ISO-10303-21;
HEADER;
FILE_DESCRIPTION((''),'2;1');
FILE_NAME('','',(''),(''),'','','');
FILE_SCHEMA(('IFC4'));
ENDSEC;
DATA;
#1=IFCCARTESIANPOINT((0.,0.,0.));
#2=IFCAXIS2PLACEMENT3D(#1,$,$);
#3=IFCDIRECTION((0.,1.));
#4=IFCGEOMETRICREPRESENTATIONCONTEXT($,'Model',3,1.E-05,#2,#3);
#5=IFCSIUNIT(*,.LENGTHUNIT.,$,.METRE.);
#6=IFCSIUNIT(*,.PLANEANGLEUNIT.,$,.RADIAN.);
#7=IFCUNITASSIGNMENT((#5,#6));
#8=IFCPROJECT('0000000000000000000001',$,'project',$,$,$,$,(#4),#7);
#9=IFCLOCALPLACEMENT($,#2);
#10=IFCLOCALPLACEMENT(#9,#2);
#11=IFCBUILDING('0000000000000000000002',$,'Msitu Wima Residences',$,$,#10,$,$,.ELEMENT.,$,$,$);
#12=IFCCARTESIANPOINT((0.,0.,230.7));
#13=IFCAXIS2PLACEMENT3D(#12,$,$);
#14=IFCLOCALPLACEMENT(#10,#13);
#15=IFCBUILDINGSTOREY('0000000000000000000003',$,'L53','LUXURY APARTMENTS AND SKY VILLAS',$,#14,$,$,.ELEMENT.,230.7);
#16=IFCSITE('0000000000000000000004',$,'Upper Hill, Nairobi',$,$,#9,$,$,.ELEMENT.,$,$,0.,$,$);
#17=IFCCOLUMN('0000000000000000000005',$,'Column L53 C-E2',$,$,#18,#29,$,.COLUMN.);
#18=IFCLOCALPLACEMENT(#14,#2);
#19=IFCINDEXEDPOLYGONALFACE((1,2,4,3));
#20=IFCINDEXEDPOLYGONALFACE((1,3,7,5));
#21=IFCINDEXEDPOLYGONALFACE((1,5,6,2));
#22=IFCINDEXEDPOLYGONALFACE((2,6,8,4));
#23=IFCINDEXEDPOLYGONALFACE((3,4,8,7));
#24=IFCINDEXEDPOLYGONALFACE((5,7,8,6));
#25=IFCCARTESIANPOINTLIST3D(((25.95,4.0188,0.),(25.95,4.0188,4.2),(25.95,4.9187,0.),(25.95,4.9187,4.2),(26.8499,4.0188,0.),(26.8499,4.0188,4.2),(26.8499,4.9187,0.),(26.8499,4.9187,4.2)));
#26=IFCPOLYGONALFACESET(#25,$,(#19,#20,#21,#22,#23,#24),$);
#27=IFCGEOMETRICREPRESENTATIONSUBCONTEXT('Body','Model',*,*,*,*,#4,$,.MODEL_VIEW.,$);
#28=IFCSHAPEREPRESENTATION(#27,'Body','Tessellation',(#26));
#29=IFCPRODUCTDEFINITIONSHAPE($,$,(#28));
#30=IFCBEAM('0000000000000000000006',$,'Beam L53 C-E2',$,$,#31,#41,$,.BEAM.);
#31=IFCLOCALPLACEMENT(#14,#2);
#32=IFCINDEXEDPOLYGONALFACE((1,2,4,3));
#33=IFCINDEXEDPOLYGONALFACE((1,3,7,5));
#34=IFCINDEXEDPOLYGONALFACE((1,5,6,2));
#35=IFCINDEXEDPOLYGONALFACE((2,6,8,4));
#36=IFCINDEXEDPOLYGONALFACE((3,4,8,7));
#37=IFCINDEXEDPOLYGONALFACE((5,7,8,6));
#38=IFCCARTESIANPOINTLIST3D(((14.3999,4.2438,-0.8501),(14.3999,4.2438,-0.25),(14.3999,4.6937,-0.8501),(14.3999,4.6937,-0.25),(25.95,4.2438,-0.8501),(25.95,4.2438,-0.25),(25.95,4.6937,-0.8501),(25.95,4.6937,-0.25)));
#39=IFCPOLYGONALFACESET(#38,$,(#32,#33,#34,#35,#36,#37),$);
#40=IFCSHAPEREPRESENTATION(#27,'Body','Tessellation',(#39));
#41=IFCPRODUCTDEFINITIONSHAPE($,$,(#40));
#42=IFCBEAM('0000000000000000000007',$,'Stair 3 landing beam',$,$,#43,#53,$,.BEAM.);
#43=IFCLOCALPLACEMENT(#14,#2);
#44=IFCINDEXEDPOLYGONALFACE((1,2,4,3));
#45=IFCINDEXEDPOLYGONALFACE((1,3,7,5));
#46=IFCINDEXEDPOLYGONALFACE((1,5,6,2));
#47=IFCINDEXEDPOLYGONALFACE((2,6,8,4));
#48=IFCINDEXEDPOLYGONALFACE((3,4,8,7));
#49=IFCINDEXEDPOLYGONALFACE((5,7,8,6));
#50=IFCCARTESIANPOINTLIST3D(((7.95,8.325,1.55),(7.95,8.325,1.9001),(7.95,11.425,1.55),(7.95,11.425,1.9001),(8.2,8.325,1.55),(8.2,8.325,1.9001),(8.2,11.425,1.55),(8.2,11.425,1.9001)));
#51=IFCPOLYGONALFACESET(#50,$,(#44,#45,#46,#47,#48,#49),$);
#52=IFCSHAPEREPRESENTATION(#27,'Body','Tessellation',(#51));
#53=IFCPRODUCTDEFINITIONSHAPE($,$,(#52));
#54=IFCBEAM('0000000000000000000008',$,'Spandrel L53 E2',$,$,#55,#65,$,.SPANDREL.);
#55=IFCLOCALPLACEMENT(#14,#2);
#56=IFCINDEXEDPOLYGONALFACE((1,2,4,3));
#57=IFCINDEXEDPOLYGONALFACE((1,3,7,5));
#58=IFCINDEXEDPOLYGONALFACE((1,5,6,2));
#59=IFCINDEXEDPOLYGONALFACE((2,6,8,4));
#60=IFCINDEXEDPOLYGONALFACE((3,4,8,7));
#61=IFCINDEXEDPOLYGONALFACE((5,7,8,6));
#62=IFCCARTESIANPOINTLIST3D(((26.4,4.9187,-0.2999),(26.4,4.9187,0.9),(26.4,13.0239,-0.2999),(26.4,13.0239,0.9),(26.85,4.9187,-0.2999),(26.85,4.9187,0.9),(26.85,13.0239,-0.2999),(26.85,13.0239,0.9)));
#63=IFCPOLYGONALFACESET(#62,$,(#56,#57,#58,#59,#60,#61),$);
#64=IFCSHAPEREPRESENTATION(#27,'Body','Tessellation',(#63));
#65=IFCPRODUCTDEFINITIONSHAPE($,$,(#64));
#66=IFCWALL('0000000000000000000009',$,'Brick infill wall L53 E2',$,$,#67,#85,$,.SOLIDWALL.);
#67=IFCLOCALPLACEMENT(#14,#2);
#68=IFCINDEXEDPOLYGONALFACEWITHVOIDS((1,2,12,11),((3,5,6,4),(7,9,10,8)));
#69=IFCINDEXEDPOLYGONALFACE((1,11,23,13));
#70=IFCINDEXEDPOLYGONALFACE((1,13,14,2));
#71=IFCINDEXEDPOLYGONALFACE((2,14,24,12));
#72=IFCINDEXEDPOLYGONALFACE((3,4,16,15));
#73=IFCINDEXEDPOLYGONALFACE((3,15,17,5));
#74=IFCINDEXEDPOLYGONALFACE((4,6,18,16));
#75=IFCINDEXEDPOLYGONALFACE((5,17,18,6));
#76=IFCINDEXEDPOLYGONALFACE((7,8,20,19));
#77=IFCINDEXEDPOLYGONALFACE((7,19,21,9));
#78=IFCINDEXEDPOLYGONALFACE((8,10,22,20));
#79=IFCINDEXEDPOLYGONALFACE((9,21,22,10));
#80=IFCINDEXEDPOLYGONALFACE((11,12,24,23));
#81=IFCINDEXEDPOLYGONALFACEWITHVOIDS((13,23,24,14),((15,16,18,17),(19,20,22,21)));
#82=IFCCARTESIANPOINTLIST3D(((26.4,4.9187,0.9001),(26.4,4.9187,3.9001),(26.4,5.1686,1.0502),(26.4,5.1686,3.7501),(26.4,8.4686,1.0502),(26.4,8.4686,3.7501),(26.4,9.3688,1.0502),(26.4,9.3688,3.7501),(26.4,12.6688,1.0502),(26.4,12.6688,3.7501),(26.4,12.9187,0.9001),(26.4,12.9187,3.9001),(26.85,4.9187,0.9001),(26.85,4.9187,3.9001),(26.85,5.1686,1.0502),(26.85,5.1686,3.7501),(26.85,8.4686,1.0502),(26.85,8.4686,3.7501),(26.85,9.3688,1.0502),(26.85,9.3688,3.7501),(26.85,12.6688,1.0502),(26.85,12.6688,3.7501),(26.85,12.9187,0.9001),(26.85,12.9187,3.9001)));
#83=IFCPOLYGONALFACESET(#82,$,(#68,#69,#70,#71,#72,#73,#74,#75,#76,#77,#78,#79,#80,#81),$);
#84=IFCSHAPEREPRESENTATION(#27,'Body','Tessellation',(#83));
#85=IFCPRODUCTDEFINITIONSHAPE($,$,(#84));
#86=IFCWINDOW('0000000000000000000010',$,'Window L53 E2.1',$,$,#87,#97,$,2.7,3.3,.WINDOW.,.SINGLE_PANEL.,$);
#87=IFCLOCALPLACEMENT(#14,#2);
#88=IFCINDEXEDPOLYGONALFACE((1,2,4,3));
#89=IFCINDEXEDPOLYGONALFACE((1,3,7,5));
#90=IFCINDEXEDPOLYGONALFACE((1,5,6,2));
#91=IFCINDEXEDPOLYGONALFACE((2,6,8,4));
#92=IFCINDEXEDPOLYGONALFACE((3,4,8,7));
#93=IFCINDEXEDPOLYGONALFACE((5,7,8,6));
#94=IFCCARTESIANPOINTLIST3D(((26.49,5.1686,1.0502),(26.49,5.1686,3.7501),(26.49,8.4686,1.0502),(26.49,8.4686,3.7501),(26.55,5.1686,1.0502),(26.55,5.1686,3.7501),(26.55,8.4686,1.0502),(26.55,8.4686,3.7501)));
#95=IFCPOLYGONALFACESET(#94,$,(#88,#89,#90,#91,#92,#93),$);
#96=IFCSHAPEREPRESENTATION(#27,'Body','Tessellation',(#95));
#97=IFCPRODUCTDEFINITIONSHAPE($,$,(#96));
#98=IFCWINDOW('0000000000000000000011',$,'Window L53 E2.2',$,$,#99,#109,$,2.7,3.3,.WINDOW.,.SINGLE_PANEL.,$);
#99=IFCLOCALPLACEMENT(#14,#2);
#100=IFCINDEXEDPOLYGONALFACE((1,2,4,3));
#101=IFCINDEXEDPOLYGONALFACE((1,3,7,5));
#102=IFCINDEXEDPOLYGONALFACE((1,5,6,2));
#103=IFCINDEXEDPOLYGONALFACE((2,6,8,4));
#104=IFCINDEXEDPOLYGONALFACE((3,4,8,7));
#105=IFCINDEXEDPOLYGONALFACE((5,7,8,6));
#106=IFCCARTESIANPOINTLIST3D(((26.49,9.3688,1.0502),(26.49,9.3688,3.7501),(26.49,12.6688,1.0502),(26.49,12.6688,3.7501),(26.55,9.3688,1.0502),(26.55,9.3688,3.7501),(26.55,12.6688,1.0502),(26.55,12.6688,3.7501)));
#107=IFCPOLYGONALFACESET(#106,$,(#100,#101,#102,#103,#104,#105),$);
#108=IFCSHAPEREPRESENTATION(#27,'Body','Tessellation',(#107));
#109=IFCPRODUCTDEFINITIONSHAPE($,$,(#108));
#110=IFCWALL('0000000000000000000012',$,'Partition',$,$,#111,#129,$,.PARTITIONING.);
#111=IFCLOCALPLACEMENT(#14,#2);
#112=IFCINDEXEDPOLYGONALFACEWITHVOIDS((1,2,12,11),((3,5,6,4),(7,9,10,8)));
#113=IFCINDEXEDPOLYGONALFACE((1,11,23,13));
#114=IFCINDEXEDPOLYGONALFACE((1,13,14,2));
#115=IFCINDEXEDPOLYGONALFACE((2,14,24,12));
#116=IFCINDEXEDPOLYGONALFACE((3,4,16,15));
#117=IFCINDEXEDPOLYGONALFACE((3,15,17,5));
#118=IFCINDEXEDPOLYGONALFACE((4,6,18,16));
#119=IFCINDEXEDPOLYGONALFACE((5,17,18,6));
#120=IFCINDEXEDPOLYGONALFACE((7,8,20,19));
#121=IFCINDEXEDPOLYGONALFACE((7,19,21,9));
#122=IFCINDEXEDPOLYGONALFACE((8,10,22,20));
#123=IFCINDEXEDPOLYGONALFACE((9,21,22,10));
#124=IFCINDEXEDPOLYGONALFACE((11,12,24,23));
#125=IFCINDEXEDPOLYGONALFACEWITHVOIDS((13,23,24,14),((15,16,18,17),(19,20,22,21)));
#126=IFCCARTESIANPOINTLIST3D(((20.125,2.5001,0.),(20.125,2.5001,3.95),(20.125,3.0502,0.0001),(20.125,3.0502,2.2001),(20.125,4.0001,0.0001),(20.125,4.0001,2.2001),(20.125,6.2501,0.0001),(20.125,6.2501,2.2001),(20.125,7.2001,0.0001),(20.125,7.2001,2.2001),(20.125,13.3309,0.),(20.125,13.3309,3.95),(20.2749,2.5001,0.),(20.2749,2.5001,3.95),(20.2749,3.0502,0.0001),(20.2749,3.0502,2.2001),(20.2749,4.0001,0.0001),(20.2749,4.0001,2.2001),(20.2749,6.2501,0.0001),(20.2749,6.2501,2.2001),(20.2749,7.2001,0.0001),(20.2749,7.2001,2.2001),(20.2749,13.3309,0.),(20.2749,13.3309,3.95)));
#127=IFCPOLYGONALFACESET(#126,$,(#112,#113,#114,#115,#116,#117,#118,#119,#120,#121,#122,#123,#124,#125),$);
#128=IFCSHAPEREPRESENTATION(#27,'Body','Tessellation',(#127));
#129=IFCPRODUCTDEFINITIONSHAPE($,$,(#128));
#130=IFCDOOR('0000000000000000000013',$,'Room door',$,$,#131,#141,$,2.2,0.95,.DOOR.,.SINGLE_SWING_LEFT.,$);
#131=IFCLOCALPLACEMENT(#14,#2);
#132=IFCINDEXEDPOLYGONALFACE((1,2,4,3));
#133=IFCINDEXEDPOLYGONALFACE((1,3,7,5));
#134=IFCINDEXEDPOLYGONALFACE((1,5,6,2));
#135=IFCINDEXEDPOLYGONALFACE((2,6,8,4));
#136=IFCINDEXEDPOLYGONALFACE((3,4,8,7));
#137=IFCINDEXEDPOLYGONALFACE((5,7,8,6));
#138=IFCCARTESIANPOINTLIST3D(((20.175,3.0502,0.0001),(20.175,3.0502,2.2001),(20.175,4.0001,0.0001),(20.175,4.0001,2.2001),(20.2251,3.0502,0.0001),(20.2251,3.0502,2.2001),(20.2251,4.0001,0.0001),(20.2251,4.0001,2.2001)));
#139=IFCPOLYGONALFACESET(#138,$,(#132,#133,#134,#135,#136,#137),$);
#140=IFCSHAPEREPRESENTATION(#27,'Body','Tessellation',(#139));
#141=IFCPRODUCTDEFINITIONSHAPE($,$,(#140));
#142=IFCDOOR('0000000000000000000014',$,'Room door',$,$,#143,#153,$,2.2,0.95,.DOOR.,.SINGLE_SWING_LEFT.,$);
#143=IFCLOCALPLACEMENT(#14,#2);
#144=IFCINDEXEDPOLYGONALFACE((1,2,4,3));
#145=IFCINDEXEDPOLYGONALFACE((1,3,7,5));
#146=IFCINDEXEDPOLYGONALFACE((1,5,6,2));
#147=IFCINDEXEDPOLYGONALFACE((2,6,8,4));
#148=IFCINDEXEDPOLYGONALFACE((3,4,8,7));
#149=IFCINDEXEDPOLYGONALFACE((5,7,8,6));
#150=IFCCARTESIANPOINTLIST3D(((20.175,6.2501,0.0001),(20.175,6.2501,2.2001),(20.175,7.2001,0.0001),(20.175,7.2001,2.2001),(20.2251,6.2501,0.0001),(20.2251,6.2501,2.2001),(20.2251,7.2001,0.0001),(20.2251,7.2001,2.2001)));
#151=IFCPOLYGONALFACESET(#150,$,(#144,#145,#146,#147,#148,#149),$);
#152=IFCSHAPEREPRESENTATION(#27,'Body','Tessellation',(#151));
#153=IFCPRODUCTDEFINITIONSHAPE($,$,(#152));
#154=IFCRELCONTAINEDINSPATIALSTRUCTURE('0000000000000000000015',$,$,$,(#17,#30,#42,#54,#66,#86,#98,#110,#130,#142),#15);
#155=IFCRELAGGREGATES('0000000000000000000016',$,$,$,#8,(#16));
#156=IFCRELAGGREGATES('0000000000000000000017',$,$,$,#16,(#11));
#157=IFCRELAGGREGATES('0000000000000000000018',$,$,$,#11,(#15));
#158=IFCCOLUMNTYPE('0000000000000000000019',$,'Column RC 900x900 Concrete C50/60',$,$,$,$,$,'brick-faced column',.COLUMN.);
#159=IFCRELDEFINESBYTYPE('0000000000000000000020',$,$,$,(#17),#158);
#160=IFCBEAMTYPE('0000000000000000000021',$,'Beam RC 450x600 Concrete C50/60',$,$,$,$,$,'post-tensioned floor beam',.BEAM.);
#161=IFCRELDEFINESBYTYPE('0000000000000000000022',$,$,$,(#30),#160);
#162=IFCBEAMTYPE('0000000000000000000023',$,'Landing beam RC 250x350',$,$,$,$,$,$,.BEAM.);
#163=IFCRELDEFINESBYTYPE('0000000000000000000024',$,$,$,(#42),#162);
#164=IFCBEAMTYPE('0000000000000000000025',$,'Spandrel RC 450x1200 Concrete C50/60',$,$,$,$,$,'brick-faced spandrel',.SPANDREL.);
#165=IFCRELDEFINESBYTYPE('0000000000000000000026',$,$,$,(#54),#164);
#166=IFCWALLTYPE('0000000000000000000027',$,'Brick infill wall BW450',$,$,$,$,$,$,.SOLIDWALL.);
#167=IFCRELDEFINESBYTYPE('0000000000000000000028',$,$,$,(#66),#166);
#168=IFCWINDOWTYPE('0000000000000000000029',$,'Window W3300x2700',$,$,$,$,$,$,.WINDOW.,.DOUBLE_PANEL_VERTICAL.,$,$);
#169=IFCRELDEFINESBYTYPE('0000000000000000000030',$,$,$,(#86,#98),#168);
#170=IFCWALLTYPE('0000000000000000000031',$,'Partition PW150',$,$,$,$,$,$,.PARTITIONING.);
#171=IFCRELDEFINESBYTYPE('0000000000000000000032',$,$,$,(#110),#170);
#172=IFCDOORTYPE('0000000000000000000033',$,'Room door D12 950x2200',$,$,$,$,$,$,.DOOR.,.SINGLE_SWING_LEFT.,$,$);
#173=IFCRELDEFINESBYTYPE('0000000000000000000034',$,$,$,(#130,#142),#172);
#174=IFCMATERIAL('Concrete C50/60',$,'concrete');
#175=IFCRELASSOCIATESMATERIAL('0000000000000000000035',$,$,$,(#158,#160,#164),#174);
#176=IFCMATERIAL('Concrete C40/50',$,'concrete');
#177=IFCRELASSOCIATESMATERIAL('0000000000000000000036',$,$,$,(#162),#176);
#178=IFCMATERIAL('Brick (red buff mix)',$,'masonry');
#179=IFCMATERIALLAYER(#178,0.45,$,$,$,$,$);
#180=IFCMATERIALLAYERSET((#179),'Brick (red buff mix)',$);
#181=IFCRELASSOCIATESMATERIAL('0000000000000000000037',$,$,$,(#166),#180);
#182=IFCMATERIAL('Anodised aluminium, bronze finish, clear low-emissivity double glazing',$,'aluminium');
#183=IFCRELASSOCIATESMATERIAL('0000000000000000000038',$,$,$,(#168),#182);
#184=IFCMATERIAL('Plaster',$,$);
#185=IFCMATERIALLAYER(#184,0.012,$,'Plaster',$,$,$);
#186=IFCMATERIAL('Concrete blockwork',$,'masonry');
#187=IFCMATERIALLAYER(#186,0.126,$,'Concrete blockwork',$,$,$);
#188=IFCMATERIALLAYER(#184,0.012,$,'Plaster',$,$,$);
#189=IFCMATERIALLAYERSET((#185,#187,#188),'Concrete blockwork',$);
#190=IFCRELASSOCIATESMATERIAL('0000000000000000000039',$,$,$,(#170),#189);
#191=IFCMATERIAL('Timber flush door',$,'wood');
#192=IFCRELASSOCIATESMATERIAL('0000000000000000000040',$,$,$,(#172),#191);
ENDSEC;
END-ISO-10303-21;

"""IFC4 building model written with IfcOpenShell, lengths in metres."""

from ifc_helpers import new_model, si_unit, direction, frame, frame_2d, origin, origin_2d, place, context, subcontext, project, spatial, rectangle, extrude, material, layer, layer_set, material_profile, profile_set, type_object, element, fill, save


model = new_model("IFC4")

# Units and contexts
model_context = context("Model", 3, precision=1e-05, world=origin(), true_north=direction((0.0, 1.0)))
body_context = subcontext(model_context, "Body", "Model", "MODEL_VIEW")
ifc_project = project(units=[si_unit("LENGTHUNIT", "METRE"), si_unit("PLANEANGLEUNIT", "RADIAN")], contexts=[model_context])

# Site, building, storey
site_placement = place(None, origin())
site = spatial("IfcSite", under=ifc_project, at=site_placement, Name="Upper Hill, Nairobi", CompositionType="ELEMENT", RefElevation=0.0)
building_placement = place(site_placement, origin())
building = spatial("IfcBuilding", under=site, at=building_placement, Name="Msitu Wima Residences", CompositionType="ELEMENT")
storey_placement = place(building_placement, frame((0.0, 0.0, 230.7)))
storey = spatial("IfcBuildingStorey", under=building, at=storey_placement, Name="L53", Description="LUXURY APARTMENTS AND SKY VILLAS", CompositionType="ELEMENT", Elevation=230.7)

# Column
ifc_material_1 = material(Name="Concrete C50/60", Category="concrete")
ifc_material_profile_1 = material_profile(ifc_material_1, rectangle(XDim=0.8999, YDim=0.8999, at=origin_2d()), Name="RC 900x900")
ifc_profile_set_1 = profile_set([ifc_material_profile_1], Name="Concrete C50/60")
column_type = type_object("IfcColumnType", Name="Column RC 900x900 Concrete C50/60", ElementType="brick-faced column", PredefinedType="COLUMN", material=ifc_profile_set_1)
column_placement = place(storey_placement, frame((26.3999, 4.4688, 0.0), z_axis=(0.0, 0.0, 1.0), x_axis=(0.0, 1.0, 0.0)))
element("IfcColumn", 1, at=column_placement, inside=storey, type_object=column_type, Name="Column L53 C-E2", PredefinedType="COLUMN", context=body_context, shape_type="SweptSolid", body=[
    extrude(rectangle(XDim=0.8999, YDim=0.8999, at=origin_2d()), origin(), (0.0, 0.0, 1.0), 4.2),
])

# Beams
ifc_material_profile_2 = material_profile(ifc_material_1, rectangle(XDim=0.45, YDim=0.6001, at=origin_2d()), Name="RC 450x600")
ifc_profile_set_2 = profile_set([ifc_material_profile_2], Name="Concrete C50/60")
beam_type_1 = type_object("IfcBeamType", Name="Beam RC 450x600 Concrete C50/60", ElementType="post-tensioned floor beam", PredefinedType="BEAM", material=ifc_profile_set_2)
beam_1_placement = place(storey_placement, frame((25.95, 4.4688, -0.55), z_axis=(-1.0, 0.0, 0.0), x_axis=(0.0, -1.0, 0.0)))
element("IfcBeam", 2, at=beam_1_placement, inside=storey, type_object=beam_type_1, Name="Beam L53 C-E2", PredefinedType="BEAM", context=body_context, shape_type="SweptSolid", body=[
    extrude(rectangle(XDim=0.45, YDim=0.6001, at=origin_2d()), origin(), (0.0, 0.0, 1.0), 11.55),
])
ifc_material_2 = material(Name="Concrete C40/50", Category="concrete")
ifc_material_profile_3 = material_profile(ifc_material_2, rectangle(XDim=0.25, YDim=0.3501, at=origin_2d()), Name="RC 250x350")
ifc_profile_set_3 = profile_set([ifc_material_profile_3], Name="Concrete C40/50")
beam_type_2 = type_object("IfcBeamType", Name="Landing beam RC 250x350", PredefinedType="BEAM", material=ifc_profile_set_3)
beam_2_placement = place(storey_placement, frame((8.075, 8.325, 1.7251), z_axis=(0.0, 1.0, 0.0), x_axis=(-1.0, 0.0, 0.0)))
element("IfcBeam", 3, at=beam_2_placement, inside=storey, type_object=beam_type_2, Name="Stair 3 landing beam", PredefinedType="BEAM", context=body_context, shape_type="SweptSolid", body=[
    extrude(rectangle(XDim=0.25, YDim=0.3501, at=origin_2d()), origin(), (0.0, 0.0, 1.0), 3.1001),
])
ifc_material_profile_4 = material_profile(ifc_material_1, rectangle(XDim=0.45, YDim=1.2, at=origin_2d()), Name="RC 450x1200")
ifc_profile_set_4 = profile_set([ifc_material_profile_4], Name="Concrete C50/60")
beam_type_3 = type_object("IfcBeamType", Name="Spandrel RC 450x1200 Concrete C50/60", ElementType="brick-faced spandrel", PredefinedType="SPANDREL", material=ifc_profile_set_4)
beam_3_placement = place(storey_placement, frame((26.625, 4.9187, 0.3), z_axis=(0.0, 1.0, 0.0), x_axis=(-1.0, 0.0, 0.0)))
element("IfcBeam", 4, at=beam_3_placement, inside=storey, type_object=beam_type_3, Name="Spandrel L53 E2", PredefinedType="SPANDREL", context=body_context, shape_type="SweptSolid", body=[
    extrude(rectangle(XDim=0.45, YDim=1.2, at=origin_2d()), origin(), (0.0, 0.0, 1.0), 8.1052),
])

# Wall, openings, windows
ifc_material_3 = material(Name="Brick (red buff mix)", Category="masonry")
ifc_layer_1 = layer(ifc_material_3, 0.45)
ifc_layer_set_1 = layer_set([ifc_layer_1], Name="Brick (red buff mix)")
wall_type_1 = type_object("IfcWallType", Name="Brick infill wall BW450", PredefinedType="SOLIDWALL", material=ifc_layer_set_1)
wall_1_placement = place(storey_placement, frame((26.625, 4.9187, 0.9001), z_axis=(0.0, 0.0, 1.0), x_axis=(0.0, 1.0, 0.0)))
wall_1 = element("IfcWall", 5, at=wall_1_placement, inside=storey, type_object=wall_type_1, Name="Brick infill wall L53 E2", PredefinedType="SOLIDWALL", context=body_context, shape_type="SweptSolid", body=[
    extrude(rectangle(XDim=8.0, YDim=0.45, at=frame_2d((4.0, 0.0))), origin(), (0.0, 0.0, 1.0), 3.0),
])
opening_1_placement = place(wall_1_placement, frame((0.25, 0.0, 0.1499)))
opening_1 = element("IfcOpeningElement", 6, at=opening_1_placement, cuts=wall_1, PredefinedType="OPENING", context=body_context, shape_type="SweptSolid", body=[
    extrude(rectangle(XDim=3.3, YDim=2.7, at=frame_2d((1.6499, 1.3501))), frame((0.0, 0.2349, 0.0), z_axis=(0.0, -1.0, 0.0), x_axis=(1.0, 0.0, 0.0)), (0.0, 0.0, 1.0), 0.47),
])
opening_2_placement = place(wall_1_placement, frame((4.4502, 0.0, 0.1499)))
opening_2 = element("IfcOpeningElement", 7, at=opening_2_placement, cuts=wall_1, PredefinedType="OPENING", context=body_context, shape_type="SweptSolid", body=[
    extrude(rectangle(XDim=3.3, YDim=2.7, at=frame_2d((1.6499, 1.3501))), frame((0.0, 0.2349, 0.0), z_axis=(0.0, -1.0, 0.0), x_axis=(1.0, 0.0, 0.0)), (0.0, 0.0, 1.0), 0.47),
])
ifc_material_4 = material(Name="Anodised aluminium, bronze finish, clear low-emissivity double glazing", Category="aluminium")
window_type = type_object("IfcWindowType", Name="Window W3300x2700", PartitioningType="DOUBLE_PANEL_VERTICAL", PredefinedType="WINDOW", material=ifc_material_4)
window_1_placement = place(opening_1_placement, origin())
window_1 = element("IfcWindow", 8, at=window_1_placement, inside=storey, type_object=window_type, Name="Window L53 E2.1", OverallHeight=2.7, OverallWidth=3.3, PartitioningType="SINGLE_PANEL", PredefinedType="WINDOW", context=body_context, shape_type="SweptSolid", body=[
    extrude(rectangle(XDim=3.3, YDim=2.7, at=frame_2d((1.6499, 1.3501))), frame((0.0, 0.135, 0.0), z_axis=(0.0, -1.0, 0.0), x_axis=(1.0, 0.0, 0.0)), (0.0, 0.0, 1.0), 0.0601),
])
fill(opening_1, window_1)
window_2_placement = place(opening_2_placement, origin())
window_2 = element("IfcWindow", 9, at=window_2_placement, inside=storey, type_object=window_type, Name="Window L53 E2.2", OverallHeight=2.7, OverallWidth=3.3, PartitioningType="SINGLE_PANEL", PredefinedType="WINDOW", context=body_context, shape_type="SweptSolid", body=[
    extrude(rectangle(XDim=3.3, YDim=2.7, at=frame_2d((1.6499, 1.3501))), frame((0.0, 0.135, 0.0), z_axis=(0.0, -1.0, 0.0), x_axis=(1.0, 0.0, 0.0)), (0.0, 0.0, 1.0), 0.0601),
])
fill(opening_2, window_2)

# Wall, openings, doors
ifc_material_5 = material(Name="Plaster")
ifc_layer_2 = layer(ifc_material_5, 0.012, Name="Plaster")
ifc_material_6 = material(Name="Concrete blockwork", Category="masonry")
ifc_layer_3 = layer(ifc_material_6, 0.126, Name="Concrete blockwork")
ifc_layer_4 = layer(ifc_material_5, 0.012, Name="Plaster")
ifc_layer_set_2 = layer_set([ifc_layer_2, ifc_layer_3, ifc_layer_4], Name="Concrete blockwork")
wall_type_2 = type_object("IfcWallType", Name="Partition PW150", PredefinedType="PARTITIONING", material=ifc_layer_set_2)
wall_2_placement = place(storey_placement, frame((20.2, 2.5, 0.0), z_axis=(0.0, 0.0, 1.0), x_axis=(0.0, 1.0, 0.0)))
wall_2 = element("IfcWall", 10, at=wall_2_placement, inside=storey, type_object=wall_type_2, Name="Partition", PredefinedType="PARTITIONING", context=body_context, shape_type="SweptSolid", body=[
    extrude(rectangle(XDim=10.8308, YDim=0.1499, at=frame_2d((5.4155, 0.0))), origin(), (0.0, 0.0, 1.0), 3.95),
])
opening_3_placement = place(wall_2_placement, frame((0.55, 0.0, 0.0)))
opening_3 = element("IfcOpeningElement", 11, at=opening_3_placement, cuts=wall_2, PredefinedType="OPENING", context=body_context, shape_type="SweptSolid", body=[
    extrude(rectangle(XDim=0.95, YDim=2.2, at=frame_2d((0.4751, 1.1001))), frame((0.0, 0.085, 0.0), z_axis=(0.0, -1.0, 0.0), x_axis=(1.0, 0.0, 0.0)), (0.0, 0.0, 1.0), 0.1699),
])
opening_4_placement = place(wall_2_placement, frame((3.75, 0.0, 0.0)))
opening_4 = element("IfcOpeningElement", 12, at=opening_4_placement, cuts=wall_2, PredefinedType="OPENING", context=body_context, shape_type="SweptSolid", body=[
    extrude(rectangle(XDim=0.95, YDim=2.2, at=frame_2d((0.4751, 1.1001))), frame((0.0, 0.085, 0.0), z_axis=(0.0, -1.0, 0.0), x_axis=(1.0, 0.0, 0.0)), (0.0, 0.0, 1.0), 0.1699),
])
ifc_material_7 = material(Name="Timber flush door", Category="wood")
door_type_1 = type_object("IfcDoorType", Name="Room door D12 950x2200", OperationType="SINGLE_SWING_LEFT", PredefinedType="DOOR", material=ifc_material_7)
door_1_placement = place(opening_3_placement, origin())
door_1 = element("IfcDoor", 13, at=door_1_placement, inside=storey, type_object=door_type_1, Name="Room door", OperationType="SINGLE_SWING_LEFT", OverallHeight=2.2, OverallWidth=0.95, PredefinedType="DOOR", context=body_context, shape_type="SweptSolid", body=[
    extrude(rectangle(XDim=0.95, YDim=2.2, at=frame_2d((0.4751, 1.1001))), frame((0.0, 0.0249, 0.0), z_axis=(0.0, -1.0, 0.0), x_axis=(1.0, 0.0, 0.0)), (0.0, 0.0, 1.0), 0.05),
])
fill(opening_3, door_1)
door_2_placement = place(opening_4_placement, origin())
door_2 = element("IfcDoor", 14, at=door_2_placement, inside=storey, type_object=door_type_1, Name="Room door", OperationType="SINGLE_SWING_LEFT", OverallHeight=2.2, OverallWidth=0.95, PredefinedType="DOOR", context=body_context, shape_type="SweptSolid", body=[
    extrude(rectangle(XDim=0.95, YDim=2.2, at=frame_2d((0.4751, 1.1001))), frame((0.0, 0.0249, 0.0), z_axis=(0.0, -1.0, 0.0), x_axis=(1.0, 0.0, 0.0)), (0.0, 0.0, 1.0), 0.05),
])
fill(opening_4, door_2)

save(model, "model.ifc")
